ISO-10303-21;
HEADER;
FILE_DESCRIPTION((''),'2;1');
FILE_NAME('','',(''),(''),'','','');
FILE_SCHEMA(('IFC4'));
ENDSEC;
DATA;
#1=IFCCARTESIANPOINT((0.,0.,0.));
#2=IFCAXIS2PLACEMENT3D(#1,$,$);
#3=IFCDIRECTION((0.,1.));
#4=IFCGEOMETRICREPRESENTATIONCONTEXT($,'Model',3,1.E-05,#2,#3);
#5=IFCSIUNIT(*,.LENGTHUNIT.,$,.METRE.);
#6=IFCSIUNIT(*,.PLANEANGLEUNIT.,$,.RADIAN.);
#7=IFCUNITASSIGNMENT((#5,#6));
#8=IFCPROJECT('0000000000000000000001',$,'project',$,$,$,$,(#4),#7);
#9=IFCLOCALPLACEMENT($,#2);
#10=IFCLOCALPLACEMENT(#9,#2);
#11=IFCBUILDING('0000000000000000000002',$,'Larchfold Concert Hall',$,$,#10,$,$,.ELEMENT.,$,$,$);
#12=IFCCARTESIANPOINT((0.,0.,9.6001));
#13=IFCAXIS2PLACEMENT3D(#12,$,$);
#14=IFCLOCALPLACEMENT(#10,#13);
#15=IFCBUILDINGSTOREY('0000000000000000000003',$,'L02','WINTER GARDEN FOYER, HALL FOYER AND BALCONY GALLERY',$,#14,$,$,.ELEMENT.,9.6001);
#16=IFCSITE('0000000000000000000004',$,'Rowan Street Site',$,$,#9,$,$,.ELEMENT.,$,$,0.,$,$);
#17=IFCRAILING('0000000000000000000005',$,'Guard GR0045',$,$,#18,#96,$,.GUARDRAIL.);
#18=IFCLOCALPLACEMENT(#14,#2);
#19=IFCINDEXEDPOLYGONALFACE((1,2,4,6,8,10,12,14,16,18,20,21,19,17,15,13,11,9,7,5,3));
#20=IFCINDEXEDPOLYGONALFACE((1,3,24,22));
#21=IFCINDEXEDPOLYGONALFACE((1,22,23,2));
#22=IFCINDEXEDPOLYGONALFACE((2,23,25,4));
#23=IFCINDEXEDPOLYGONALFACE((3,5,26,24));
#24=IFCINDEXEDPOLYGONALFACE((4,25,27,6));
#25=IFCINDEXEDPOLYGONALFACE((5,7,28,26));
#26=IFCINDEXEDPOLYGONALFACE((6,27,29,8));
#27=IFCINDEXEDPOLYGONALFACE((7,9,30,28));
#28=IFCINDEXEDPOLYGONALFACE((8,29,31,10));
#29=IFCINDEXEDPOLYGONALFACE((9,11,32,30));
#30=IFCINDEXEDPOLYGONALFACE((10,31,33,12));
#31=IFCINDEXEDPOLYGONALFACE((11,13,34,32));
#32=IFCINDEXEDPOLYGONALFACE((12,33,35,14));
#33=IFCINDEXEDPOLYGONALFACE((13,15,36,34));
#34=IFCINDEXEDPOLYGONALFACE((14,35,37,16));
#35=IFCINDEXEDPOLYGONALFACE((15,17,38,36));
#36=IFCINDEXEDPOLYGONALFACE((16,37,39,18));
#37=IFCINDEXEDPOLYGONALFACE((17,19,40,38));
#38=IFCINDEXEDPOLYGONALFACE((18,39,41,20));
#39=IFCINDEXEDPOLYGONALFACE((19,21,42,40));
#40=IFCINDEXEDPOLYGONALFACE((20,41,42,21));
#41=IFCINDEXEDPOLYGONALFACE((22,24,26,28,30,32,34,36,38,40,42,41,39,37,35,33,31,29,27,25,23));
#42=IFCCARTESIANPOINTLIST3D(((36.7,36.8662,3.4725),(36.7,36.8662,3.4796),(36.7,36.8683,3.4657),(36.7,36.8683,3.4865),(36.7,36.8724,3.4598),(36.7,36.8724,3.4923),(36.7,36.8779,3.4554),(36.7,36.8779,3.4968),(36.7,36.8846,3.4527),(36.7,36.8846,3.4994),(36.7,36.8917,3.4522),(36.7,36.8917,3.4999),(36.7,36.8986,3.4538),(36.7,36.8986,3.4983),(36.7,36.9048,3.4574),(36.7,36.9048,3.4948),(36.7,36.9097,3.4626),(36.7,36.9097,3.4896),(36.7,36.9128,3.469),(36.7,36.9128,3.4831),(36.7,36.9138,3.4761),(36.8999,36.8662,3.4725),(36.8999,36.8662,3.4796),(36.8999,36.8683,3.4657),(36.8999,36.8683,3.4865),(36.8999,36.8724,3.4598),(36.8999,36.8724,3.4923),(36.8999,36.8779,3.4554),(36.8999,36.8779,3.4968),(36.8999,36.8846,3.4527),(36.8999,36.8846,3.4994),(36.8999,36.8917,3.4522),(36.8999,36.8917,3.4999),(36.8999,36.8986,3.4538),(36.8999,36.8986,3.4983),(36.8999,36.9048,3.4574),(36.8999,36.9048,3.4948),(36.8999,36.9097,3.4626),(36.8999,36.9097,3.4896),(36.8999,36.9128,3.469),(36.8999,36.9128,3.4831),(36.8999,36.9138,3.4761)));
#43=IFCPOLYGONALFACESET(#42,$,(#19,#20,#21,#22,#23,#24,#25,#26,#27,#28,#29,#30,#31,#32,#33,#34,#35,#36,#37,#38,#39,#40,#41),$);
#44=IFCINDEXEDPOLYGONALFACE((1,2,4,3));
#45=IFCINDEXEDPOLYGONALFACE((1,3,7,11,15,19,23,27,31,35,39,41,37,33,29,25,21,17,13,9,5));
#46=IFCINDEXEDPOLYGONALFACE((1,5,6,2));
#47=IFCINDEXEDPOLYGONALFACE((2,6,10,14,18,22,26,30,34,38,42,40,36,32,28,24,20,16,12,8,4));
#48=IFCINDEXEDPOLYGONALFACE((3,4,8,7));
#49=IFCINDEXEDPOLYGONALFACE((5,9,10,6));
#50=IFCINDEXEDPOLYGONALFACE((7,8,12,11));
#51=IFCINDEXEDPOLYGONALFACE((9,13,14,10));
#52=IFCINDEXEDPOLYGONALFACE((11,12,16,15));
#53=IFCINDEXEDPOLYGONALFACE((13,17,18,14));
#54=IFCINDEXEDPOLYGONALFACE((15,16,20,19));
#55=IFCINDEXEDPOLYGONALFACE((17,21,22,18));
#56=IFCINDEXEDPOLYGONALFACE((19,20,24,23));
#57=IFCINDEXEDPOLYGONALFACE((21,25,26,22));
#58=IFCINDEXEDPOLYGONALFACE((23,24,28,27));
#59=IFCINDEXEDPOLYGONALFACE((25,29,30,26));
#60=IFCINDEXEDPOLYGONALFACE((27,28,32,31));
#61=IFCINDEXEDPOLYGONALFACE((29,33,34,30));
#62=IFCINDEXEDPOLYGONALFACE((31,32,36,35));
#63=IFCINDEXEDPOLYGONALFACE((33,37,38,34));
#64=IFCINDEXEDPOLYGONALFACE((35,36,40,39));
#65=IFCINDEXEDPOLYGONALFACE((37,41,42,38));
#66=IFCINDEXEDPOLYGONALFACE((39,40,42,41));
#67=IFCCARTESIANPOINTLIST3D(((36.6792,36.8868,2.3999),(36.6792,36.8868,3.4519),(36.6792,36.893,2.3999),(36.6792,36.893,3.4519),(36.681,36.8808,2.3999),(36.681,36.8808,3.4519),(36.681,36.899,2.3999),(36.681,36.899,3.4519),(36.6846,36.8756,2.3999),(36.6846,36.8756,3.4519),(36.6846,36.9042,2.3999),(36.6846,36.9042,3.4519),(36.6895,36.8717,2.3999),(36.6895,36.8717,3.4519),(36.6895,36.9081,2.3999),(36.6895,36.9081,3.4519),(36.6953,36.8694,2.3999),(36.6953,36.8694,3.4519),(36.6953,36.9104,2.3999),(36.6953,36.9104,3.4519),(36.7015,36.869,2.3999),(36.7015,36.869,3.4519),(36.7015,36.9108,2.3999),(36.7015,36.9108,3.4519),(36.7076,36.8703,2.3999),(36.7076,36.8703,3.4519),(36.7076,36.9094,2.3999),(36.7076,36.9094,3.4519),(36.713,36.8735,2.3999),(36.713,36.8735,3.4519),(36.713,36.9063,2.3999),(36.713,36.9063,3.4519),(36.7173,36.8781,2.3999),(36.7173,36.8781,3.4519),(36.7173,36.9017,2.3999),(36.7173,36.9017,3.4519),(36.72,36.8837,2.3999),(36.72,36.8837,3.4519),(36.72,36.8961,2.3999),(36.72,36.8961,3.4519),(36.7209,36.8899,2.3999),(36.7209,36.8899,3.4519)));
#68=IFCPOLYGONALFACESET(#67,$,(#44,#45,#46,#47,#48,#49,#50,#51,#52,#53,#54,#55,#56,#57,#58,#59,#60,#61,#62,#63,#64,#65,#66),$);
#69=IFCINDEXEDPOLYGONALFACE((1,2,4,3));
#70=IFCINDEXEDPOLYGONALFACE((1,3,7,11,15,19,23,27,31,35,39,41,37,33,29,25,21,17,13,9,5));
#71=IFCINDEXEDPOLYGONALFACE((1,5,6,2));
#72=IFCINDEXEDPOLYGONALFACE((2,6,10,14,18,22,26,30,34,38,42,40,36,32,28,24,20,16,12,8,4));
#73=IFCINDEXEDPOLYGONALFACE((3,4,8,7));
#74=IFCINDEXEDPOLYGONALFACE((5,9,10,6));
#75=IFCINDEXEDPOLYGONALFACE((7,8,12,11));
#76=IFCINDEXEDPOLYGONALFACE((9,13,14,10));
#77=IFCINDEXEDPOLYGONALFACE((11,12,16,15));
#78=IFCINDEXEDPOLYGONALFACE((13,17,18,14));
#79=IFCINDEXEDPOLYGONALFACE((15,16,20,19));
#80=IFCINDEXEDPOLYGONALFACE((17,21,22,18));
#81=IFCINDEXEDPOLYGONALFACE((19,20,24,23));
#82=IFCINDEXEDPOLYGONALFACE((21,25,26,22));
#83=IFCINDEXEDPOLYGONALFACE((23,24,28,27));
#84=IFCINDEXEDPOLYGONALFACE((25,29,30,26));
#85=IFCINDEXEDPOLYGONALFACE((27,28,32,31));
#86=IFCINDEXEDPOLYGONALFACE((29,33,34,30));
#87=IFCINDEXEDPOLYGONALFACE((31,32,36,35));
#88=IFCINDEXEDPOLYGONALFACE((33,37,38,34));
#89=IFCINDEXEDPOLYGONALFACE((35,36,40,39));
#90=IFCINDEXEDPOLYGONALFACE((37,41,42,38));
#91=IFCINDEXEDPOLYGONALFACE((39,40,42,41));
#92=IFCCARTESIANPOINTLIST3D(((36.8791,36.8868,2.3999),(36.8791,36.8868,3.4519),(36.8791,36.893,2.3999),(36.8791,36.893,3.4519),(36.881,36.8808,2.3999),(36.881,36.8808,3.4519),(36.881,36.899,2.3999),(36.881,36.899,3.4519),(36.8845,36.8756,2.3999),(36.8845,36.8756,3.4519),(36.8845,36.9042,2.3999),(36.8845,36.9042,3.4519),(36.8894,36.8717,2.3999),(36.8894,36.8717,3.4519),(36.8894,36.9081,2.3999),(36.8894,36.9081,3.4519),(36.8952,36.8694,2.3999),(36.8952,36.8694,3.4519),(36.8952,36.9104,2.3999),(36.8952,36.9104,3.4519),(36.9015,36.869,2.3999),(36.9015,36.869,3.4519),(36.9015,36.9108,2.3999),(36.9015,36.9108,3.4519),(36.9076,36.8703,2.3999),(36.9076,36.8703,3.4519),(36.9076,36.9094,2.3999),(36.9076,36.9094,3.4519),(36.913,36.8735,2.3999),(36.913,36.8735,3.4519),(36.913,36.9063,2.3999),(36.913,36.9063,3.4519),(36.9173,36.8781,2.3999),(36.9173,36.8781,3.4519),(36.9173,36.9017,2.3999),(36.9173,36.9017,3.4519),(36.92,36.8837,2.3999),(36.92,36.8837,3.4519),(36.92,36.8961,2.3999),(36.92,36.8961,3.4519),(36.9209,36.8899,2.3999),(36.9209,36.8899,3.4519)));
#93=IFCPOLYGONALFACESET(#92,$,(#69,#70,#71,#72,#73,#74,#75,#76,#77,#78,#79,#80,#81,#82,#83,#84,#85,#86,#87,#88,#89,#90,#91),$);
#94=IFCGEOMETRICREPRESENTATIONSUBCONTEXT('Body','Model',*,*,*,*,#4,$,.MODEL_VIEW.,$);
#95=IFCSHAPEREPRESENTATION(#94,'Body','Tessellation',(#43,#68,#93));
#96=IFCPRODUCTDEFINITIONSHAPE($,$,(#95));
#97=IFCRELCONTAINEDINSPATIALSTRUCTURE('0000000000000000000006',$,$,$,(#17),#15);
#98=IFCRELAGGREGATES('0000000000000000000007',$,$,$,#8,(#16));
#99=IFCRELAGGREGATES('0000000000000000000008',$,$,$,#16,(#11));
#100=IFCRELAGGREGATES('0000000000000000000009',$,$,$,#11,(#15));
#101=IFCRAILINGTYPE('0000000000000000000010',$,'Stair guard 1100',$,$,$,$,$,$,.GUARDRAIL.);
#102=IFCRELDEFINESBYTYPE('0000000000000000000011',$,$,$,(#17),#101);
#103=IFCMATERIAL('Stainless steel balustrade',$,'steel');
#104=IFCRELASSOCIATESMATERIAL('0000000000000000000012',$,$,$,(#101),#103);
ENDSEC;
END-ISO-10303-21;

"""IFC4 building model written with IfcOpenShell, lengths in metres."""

from ifc_helpers import new_model, si_unit, direction, frame, origin, origin_2d, place, context, subcontext, project, spatial, circle, extrude, material, type_object, element, save


model = new_model("IFC4")

# Units and contexts
model_context = context("Model", 3, precision=1e-05, world=origin(), true_north=direction((0.0, 1.0)))
body_context = subcontext(model_context, "Body", "Model", "MODEL_VIEW")
ifc_project = project(units=[si_unit("LENGTHUNIT", "METRE"), si_unit("PLANEANGLEUNIT", "RADIAN")], contexts=[model_context])

# Site, building, storey
site_placement = place(None, origin())
site = spatial("IfcSite", under=ifc_project, at=site_placement, Name="Rowan Street Site", CompositionType="ELEMENT", RefElevation=0.0)
building_placement = place(site_placement, origin())
building = spatial("IfcBuilding", under=site, at=building_placement, Name="Larchfold Concert Hall", CompositionType="ELEMENT")
storey_placement = place(building_placement, frame((0.0, 0.0, 9.6001)))
storey = spatial("IfcBuildingStorey", under=building, at=storey_placement, Name="L02", Description="WINTER GARDEN FOYER, HALL FOYER AND BALCONY GALLERY", CompositionType="ELEMENT", Elevation=9.6001)

# Railing
ifc_material_1 = material(Name="Stainless steel balustrade", Category="steel")
railing_type_1 = type_object("IfcRailingType", Name="Stair guard 1100", PredefinedType="GUARDRAIL", material=ifc_material_1)
railing_1_placement = place(storey_placement, frame((36.7, 36.8899, 2.3999)))
element("IfcRailing", 1, at=railing_1_placement, inside=storey, type_object=railing_type_1, Name="Guard GR0045", PredefinedType="GUARDRAIL", context=body_context, shape_type="SweptSolid", body=[
    extrude(circle(Radius=0.0239, at=origin_2d()), frame((0.0, 0.0, 1.0762), z_axis=(1.0, 0.0, 0.0), x_axis=(0.0, 1.0, 0.0)), (0.0, 0.0, 1.0), 0.2),
    extrude(circle(Radius=0.021, at=origin_2d()), origin(), (0.0, 0.0, 1.0), 1.052),
    extrude(circle(Radius=0.021, at=origin_2d()), frame((0.2, 0.0, 0.0)), (0.0, 0.0, 1.0), 1.052),
])

save(model, "model.ifc")
